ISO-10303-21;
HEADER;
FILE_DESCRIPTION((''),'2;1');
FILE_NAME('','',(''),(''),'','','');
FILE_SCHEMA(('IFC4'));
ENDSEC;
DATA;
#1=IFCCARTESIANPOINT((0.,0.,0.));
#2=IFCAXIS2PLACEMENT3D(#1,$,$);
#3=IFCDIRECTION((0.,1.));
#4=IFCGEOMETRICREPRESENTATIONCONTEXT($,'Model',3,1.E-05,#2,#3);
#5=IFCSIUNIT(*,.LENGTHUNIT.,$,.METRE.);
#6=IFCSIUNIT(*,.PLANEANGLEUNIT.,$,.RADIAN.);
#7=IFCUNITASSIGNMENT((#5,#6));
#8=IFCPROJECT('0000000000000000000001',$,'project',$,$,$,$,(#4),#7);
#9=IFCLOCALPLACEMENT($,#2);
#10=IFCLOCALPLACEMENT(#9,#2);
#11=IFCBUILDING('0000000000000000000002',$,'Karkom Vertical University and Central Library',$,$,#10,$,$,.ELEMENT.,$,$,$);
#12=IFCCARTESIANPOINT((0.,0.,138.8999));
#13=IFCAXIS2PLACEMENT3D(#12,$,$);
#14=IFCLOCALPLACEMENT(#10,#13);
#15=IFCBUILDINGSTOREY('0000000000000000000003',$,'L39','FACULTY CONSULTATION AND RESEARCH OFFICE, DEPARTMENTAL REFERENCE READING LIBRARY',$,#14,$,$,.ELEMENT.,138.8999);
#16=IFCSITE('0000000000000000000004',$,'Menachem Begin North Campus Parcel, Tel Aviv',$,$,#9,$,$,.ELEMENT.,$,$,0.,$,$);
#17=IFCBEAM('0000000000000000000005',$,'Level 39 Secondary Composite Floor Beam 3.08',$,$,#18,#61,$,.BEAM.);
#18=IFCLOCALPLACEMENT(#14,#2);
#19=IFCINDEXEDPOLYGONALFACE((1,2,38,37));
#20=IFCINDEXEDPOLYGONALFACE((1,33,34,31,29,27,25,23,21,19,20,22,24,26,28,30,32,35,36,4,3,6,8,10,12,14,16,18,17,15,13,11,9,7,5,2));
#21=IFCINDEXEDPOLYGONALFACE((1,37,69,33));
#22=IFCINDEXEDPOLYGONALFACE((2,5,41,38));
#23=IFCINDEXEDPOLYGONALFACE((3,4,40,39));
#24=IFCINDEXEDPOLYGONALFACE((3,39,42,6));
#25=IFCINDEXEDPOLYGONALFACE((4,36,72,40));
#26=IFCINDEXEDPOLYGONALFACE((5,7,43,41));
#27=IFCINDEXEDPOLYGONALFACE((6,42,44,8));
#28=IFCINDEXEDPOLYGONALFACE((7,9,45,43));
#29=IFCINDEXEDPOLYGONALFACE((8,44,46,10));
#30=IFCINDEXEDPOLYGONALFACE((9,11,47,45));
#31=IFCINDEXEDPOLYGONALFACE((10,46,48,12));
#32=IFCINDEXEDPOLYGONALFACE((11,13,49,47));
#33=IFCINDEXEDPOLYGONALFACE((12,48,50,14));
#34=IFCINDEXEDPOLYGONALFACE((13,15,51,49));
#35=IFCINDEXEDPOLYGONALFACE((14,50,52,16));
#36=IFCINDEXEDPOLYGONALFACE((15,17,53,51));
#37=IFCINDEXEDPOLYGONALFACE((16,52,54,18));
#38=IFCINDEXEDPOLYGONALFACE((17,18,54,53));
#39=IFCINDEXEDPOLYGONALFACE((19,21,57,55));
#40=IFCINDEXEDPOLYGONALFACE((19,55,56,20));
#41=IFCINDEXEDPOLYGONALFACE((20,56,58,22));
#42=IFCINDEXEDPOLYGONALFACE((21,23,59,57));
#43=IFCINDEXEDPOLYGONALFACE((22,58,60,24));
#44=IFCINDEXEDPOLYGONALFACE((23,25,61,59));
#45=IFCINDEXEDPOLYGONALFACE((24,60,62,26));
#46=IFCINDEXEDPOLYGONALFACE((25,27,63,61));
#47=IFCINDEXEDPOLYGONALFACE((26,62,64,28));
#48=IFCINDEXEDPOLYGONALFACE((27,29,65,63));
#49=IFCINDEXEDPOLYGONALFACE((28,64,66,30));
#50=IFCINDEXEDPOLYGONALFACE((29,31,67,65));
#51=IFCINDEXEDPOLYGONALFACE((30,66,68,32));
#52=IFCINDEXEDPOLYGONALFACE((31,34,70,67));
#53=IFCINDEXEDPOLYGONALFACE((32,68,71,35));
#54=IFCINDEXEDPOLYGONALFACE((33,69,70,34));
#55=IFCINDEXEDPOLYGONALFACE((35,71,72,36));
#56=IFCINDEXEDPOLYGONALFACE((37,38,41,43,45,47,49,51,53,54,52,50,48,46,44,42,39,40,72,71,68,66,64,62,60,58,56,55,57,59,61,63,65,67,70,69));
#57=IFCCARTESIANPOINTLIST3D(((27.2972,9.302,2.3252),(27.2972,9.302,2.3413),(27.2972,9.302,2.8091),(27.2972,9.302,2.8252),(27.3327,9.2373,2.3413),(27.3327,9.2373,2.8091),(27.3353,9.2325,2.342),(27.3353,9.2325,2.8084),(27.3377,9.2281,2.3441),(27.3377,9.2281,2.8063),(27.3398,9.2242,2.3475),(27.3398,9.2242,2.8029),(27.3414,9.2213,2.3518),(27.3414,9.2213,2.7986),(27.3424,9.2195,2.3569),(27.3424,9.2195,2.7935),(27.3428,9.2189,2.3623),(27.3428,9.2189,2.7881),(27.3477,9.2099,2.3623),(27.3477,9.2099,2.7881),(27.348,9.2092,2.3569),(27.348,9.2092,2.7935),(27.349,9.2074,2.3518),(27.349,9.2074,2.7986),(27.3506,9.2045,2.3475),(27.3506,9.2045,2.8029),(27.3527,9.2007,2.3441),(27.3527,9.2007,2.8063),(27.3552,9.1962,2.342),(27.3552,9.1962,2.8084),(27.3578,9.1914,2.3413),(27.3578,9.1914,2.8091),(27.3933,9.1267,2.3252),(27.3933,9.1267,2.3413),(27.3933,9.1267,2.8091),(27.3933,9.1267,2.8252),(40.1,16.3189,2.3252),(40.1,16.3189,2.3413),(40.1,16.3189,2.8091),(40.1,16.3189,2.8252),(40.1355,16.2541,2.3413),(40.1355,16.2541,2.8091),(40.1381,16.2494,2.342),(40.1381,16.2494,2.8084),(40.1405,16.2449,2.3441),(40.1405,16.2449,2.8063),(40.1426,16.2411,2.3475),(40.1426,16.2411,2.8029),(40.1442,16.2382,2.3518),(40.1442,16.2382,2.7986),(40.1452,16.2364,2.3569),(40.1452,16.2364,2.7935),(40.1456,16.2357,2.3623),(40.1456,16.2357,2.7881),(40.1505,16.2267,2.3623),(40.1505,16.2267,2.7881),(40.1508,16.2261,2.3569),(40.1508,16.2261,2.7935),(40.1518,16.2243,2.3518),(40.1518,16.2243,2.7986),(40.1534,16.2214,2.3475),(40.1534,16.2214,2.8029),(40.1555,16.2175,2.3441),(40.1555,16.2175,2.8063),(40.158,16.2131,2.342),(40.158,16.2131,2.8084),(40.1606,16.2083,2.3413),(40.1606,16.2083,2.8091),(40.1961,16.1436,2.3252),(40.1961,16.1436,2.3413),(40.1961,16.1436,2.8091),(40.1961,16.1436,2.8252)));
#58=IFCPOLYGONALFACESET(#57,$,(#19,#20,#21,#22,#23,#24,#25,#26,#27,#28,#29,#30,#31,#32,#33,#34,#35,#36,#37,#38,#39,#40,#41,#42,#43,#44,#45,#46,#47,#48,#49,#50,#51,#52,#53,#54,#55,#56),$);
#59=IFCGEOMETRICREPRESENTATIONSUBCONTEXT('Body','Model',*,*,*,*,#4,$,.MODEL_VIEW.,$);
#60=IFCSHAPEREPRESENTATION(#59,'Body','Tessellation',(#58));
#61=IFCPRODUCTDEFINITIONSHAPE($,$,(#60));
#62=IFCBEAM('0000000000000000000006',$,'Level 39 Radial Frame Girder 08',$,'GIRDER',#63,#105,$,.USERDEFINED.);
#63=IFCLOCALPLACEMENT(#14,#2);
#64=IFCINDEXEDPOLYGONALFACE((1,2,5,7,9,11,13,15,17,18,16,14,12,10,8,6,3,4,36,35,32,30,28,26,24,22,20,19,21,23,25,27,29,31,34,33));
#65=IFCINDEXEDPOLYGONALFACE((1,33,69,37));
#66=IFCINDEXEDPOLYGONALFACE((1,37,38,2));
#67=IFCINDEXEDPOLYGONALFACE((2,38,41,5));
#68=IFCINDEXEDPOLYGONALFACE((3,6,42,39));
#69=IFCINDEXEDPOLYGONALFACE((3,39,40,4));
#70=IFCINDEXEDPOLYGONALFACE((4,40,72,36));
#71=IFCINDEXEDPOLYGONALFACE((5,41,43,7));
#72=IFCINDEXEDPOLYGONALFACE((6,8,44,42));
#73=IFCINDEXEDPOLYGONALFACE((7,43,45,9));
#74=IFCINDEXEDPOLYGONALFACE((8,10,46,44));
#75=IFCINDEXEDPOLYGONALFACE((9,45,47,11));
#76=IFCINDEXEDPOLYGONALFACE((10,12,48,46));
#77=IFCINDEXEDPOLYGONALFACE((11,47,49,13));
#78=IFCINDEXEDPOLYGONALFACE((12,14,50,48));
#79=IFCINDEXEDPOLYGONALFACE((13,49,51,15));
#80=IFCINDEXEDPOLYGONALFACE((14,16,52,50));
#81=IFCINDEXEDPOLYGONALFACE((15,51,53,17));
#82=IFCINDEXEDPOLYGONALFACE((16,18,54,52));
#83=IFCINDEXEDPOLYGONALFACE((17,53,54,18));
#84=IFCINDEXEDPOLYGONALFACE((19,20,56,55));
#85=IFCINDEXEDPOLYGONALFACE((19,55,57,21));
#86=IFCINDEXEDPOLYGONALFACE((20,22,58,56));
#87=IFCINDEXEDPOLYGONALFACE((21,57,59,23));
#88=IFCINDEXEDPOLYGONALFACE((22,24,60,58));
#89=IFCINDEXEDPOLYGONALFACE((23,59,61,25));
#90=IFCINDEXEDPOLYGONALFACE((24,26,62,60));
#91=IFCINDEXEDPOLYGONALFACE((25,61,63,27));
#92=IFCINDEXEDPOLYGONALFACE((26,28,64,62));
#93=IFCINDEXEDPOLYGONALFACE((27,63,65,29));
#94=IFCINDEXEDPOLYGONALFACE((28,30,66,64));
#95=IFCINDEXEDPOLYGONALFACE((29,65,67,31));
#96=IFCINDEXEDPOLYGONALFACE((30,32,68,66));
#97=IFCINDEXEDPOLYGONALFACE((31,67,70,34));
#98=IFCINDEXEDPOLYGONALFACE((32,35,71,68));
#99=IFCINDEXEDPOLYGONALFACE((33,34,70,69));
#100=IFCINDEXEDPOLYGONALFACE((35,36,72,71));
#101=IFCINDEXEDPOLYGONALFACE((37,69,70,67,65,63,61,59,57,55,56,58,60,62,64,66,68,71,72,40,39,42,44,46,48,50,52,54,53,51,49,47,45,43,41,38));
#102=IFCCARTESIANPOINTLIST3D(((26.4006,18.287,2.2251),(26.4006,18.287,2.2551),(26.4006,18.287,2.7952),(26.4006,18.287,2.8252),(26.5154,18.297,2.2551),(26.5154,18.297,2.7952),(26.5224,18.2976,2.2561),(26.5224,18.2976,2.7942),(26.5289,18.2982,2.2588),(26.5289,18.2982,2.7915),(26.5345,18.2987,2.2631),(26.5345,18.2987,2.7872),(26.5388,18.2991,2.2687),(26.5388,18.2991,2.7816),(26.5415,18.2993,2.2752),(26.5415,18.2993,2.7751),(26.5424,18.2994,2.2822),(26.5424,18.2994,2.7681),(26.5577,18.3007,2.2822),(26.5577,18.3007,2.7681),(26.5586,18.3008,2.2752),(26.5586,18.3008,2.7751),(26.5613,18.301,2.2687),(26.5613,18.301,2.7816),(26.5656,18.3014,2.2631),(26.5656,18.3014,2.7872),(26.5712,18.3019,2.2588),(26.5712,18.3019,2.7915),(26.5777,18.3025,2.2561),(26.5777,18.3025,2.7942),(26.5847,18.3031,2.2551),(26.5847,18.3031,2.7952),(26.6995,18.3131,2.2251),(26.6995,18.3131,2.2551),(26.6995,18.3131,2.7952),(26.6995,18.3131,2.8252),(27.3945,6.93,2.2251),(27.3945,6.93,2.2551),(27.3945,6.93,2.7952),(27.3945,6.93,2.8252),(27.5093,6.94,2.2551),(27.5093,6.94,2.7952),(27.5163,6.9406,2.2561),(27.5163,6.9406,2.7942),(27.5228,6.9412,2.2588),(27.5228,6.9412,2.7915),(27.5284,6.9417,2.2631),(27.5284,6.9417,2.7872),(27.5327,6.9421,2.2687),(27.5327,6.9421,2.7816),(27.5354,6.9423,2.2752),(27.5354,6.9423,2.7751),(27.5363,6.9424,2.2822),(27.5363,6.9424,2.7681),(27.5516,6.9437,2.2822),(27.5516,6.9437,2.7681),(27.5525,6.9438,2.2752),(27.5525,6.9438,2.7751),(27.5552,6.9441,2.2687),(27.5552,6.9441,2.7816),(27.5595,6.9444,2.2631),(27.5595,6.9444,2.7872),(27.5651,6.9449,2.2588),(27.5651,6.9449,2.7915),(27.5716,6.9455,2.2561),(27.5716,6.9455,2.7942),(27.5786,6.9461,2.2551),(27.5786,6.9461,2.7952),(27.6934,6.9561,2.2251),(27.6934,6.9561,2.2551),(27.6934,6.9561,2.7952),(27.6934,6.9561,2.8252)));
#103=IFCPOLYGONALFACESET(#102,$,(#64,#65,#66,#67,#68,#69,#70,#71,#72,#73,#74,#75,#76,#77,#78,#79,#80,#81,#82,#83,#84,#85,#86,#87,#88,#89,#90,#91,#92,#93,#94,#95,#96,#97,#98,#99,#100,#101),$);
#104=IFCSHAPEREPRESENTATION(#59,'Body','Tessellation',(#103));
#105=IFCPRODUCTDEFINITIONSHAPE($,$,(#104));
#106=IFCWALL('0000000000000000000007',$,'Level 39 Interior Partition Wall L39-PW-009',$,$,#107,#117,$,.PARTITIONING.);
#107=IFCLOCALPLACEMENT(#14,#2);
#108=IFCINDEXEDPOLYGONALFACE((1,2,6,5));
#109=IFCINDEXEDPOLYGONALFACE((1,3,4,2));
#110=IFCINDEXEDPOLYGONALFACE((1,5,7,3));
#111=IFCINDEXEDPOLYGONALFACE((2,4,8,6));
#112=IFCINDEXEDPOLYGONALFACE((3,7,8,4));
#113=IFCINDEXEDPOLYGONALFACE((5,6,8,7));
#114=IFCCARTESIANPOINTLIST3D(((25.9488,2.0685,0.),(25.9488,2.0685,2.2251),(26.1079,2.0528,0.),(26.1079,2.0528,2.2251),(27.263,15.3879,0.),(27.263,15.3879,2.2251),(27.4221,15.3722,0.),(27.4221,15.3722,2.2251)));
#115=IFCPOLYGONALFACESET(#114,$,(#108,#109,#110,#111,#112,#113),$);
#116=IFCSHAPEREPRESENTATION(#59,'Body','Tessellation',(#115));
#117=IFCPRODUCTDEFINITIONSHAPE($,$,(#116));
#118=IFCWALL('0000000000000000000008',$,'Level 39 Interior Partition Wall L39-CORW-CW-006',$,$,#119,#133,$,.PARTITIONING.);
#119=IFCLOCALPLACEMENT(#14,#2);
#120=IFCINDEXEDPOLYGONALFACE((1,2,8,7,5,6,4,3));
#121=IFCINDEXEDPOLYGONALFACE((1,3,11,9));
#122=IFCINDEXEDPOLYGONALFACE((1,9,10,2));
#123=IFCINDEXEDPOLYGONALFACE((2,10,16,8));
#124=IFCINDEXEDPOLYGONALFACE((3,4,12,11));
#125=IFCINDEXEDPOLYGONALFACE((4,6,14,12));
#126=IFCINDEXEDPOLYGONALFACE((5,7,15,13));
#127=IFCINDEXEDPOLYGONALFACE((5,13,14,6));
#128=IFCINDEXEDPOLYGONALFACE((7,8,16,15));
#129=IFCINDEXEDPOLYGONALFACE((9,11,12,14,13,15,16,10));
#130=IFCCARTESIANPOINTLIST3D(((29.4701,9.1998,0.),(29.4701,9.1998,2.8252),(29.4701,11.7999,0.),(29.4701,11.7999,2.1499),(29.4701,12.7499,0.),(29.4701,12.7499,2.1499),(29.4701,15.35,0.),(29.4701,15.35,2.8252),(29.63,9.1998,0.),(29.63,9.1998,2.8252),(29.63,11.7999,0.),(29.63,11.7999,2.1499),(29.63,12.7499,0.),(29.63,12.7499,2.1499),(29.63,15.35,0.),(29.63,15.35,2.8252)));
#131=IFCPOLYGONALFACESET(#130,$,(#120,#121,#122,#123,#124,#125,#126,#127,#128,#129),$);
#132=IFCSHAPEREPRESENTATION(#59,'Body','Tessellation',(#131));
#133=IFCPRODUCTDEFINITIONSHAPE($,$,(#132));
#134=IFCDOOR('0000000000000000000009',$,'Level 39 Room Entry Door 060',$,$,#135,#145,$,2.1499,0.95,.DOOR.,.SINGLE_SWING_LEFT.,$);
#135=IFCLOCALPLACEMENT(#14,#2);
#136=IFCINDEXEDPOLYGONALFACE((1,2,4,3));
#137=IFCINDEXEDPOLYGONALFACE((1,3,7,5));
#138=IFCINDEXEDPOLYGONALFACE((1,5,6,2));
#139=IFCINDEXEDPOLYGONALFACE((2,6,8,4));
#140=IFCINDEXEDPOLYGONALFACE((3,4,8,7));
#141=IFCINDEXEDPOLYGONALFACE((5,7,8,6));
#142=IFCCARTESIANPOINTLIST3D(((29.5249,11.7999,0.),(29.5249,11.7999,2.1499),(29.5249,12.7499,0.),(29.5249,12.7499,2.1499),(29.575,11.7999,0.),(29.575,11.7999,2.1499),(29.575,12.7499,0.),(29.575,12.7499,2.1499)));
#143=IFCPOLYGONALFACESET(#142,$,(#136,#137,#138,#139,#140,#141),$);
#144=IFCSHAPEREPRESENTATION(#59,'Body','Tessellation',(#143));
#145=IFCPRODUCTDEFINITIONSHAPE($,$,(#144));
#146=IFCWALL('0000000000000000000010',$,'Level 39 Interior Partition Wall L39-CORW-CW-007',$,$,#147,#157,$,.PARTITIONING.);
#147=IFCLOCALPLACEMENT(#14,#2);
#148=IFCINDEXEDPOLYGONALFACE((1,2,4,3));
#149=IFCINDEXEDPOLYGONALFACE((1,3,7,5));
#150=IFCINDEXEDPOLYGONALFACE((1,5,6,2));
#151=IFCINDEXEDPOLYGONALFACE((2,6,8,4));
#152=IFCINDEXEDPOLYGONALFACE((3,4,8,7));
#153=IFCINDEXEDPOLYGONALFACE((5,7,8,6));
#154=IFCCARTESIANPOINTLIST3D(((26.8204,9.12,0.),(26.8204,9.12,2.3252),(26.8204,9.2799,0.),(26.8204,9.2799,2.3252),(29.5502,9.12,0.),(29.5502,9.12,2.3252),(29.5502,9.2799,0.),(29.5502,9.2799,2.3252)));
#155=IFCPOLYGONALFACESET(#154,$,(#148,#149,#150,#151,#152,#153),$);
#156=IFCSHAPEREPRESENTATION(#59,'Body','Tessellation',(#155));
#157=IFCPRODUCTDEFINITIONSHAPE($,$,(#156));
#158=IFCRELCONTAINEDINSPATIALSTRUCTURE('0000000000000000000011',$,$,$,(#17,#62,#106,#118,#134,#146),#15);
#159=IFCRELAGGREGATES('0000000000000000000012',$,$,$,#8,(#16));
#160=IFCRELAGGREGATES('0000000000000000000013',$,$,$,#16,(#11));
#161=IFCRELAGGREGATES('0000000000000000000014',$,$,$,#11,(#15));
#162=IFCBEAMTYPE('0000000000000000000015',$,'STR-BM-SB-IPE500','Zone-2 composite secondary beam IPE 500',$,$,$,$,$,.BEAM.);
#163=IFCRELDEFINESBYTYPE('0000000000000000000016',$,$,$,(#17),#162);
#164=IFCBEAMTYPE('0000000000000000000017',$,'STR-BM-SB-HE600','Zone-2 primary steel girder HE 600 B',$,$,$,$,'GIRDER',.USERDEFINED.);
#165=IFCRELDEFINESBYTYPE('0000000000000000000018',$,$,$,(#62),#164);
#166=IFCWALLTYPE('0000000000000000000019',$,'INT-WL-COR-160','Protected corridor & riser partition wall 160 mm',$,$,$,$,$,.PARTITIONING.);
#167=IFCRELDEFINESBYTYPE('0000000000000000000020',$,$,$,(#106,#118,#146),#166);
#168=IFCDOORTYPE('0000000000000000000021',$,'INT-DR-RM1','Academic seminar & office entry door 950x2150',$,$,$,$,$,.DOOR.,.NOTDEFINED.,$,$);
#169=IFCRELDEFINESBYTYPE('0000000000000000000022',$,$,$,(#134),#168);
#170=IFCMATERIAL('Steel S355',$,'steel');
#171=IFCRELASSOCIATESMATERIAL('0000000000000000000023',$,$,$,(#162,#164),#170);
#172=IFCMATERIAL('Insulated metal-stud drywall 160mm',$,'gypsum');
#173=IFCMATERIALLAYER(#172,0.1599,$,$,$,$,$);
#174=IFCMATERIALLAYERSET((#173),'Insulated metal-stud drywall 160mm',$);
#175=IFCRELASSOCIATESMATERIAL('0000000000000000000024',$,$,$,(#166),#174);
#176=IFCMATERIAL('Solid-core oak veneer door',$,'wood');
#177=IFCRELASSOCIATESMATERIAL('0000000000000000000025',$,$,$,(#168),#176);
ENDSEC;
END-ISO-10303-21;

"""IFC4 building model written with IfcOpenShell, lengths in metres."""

from ifc_helpers import new_model, si_unit, direction, frame, frame_2d, origin, origin_with_axes, origin_2d, place, context, subcontext, project, spatial, rectangle, i_section, extrude, source, transform, mapped, material, layer, layer_set, material_profile, profile_set, type_object, element, fill, save


model = new_model("IFC4")

# Units and contexts
model_context = context("Model", 3, precision=1e-05, world=origin(), true_north=direction((0.0, 1.0)))
body_context = subcontext(model_context, "Body", "Model", "MODEL_VIEW")
ifc_project = project(units=[si_unit("LENGTHUNIT", "METRE"), si_unit("PLANEANGLEUNIT", "RADIAN")], contexts=[model_context])

# Site, building, storey
site_placement = place(None, origin())
site = spatial("IfcSite", under=ifc_project, at=site_placement, Name="Menachem Begin North Campus Parcel, Tel Aviv", CompositionType="ELEMENT", RefElevation=0.0)
building_placement = place(site_placement, origin())
building = spatial("IfcBuilding", under=site, at=building_placement, Name="Karkom Vertical University and Central Library", CompositionType="ELEMENT")
storey_placement = place(building_placement, frame((0.0, 0.0, 138.8999)))
storey = spatial("IfcBuildingStorey", under=building, at=storey_placement, Name="L39", Description="FACULTY CONSULTATION AND RESEARCH OFFICE, DEPARTMENTAL REFERENCE READING LIBRARY", CompositionType="ELEMENT", Elevation=138.8999)

# Beams
ifc_material_1 = material(Name="Steel S355", Category="steel")
ifc_material_profile_1 = material_profile(ifc_material_1, i_section(OverallWidth=0.2, OverallDepth=0.5, WebThickness=0.0103, FlangeThickness=0.0161, FilletRadius=0.021, at=origin_2d()), Name="IPE 500")
ifc_profile_set_1 = profile_set([ifc_material_profile_1], Name="Steel S355")
beam_type_1 = type_object("IfcBeamType", Name="STR-BM-SB-IPE500", Description="Zone-2 composite secondary beam IPE 500", PredefinedType="BEAM", material=ifc_profile_set_1)
shared_shape_1 = source(origin_with_axes(), body_context, "Body", "SweptSolid", [
    extrude(i_section(OverallWidth=0.2, OverallDepth=0.5, WebThickness=0.0103, FlangeThickness=0.0161, FilletRadius=0.021, at=origin_2d()), origin(), (0.0, 0.0, 1.0), 14.5996),
])
beam_1_placement = place(storey_placement, frame((27.3452, 9.2144, 2.5752), z_axis=(0.876928, 0.480622, 0.0), x_axis=(-0.480622, 0.876928, 0.0)))
element("IfcBeam", 1, at=beam_1_placement, inside=storey, type_object=beam_type_1, Name="Level 39 Secondary Composite Floor Beam 3.08", PredefinedType="BEAM", context=body_context, shape_type="MappedRepresentation", body=[
    mapped(shared_shape_1, transform((0.0, 0.0, 0.0), scale=1.0)),
])
ifc_material_profile_2 = material_profile(ifc_material_1, i_section(OverallWidth=0.3, OverallDepth=0.6001, WebThickness=0.0154, FlangeThickness=0.03, FilletRadius=0.0271, at=origin_2d()), Name="HE 600 B")
ifc_profile_set_2 = profile_set([ifc_material_profile_2], Name="Steel S355")
beam_type_2 = type_object("IfcBeamType", Name="STR-BM-SB-HE600", Description="Zone-2 primary steel girder HE 600 B", ElementType="GIRDER", PredefinedType="USERDEFINED", material=ifc_profile_set_2)
shared_shape_2 = source(origin_with_axes(), body_context, "Body", "SweptSolid", [
    extrude(i_section(OverallWidth=0.3, OverallDepth=0.6001, WebThickness=0.0154, FlangeThickness=0.03, FilletRadius=0.0271, at=origin_2d()), origin(), (0.0, 0.0, 1.0), 11.4004),
])
beam_2_placement = place(storey_placement, frame((26.55, 18.3, 2.5251), z_axis=(0.087181, -0.996192, 0.0), x_axis=(0.996192, 0.087181, 0.0)))
element("IfcBeam", 2, at=beam_2_placement, inside=storey, type_object=beam_type_2, Name="Level 39 Radial Frame Girder 08", ObjectType="GIRDER", PredefinedType="USERDEFINED", context=body_context, shape_type="MappedRepresentation", body=[
    mapped(shared_shape_2, transform((0.0, 0.0, 0.0), scale=1.0)),
])

# Wall
ifc_material_2 = material(Name="Insulated metal-stud drywall 160mm", Category="gypsum")
ifc_layer = layer(ifc_material_2, 0.1599)
ifc_layer_set = layer_set([ifc_layer], Name="Insulated metal-stud drywall 160mm")
wall_type = type_object("IfcWallType", Name="INT-WL-COR-160", Description="Protected corridor & riser partition wall 160 mm", PredefinedType="PARTITIONING", material=ifc_layer_set)
wall_1_placement = place(storey_placement, frame((27.3425, 15.3799, 0.0), z_axis=(0.0, 0.0, 1.0), x_axis=(-0.098192, -0.995167, 0.0)))
element("IfcWall", 3, at=wall_1_placement, inside=storey, type_object=wall_type, Name="Level 39 Interior Partition Wall L39-PW-009", PredefinedType="PARTITIONING", context=body_context, shape_type="SweptSolid", body=[
    extrude(rectangle(XDim=13.384, YDim=0.1599, at=frame_2d((6.6919, 0.0))), origin(), (0.0, 0.0, 1.0), 2.2251),
])

# Shared definitions
ifc_material_3 = material(Name="Solid-core oak veneer door", Category="wood")
door_type_1 = type_object("IfcDoorType", Name="INT-DR-RM1", Description="Academic seminar & office entry door 950x2150", OperationType="NOTDEFINED", PredefinedType="DOOR", material=ifc_material_3)
shared_shape_3 = source(origin_with_axes(), body_context, "Body", "SweptSolid", [
    extrude(rectangle(XDim=0.95, YDim=2.1499, at=frame_2d((0.4751, 1.075))), frame((0.0, 0.0249, 0.0), z_axis=(0.0, -1.0, 0.0), x_axis=(1.0, 0.0, 0.0)), (0.0, 0.0, 1.0), 0.05),
])

# Wall, opening, door
wall_2_placement = place(storey_placement, frame((29.55, 15.3501, 0.0), z_axis=(0.0, 0.0, 1.0), x_axis=(0.0, -1.0, 0.0)))
wall_2 = element("IfcWall", 4, at=wall_2_placement, inside=storey, type_object=wall_type, Name="Level 39 Interior Partition Wall L39-CORW-CW-006", PredefinedType="PARTITIONING", context=body_context, shape_type="SweptSolid", body=[
    extrude(rectangle(XDim=6.1501, YDim=0.1599, at=frame_2d((3.0752, 0.0))), origin(), (0.0, 0.0, 1.0), 2.8252),
])
opening_1_placement = place(wall_2_placement, frame((2.6001, 0.0, 0.0)))
opening_1 = element("IfcOpeningElement", 5, at=opening_1_placement, cuts=wall_2, PredefinedType="OPENING", context=body_context, shape_type="SweptSolid", body=[
    extrude(rectangle(XDim=0.95, YDim=2.1499, at=frame_2d((0.4751, 1.075))), frame((0.0, 0.0898, 0.0), z_axis=(0.0, -1.0, 0.0), x_axis=(1.0, 0.0, 0.0)), (0.0, 0.0, 1.0), 0.1799),
])
door_1_placement = place(opening_1_placement, origin())
door_1 = element("IfcDoor", 6, at=door_1_placement, inside=storey, type_object=door_type_1, Name="Level 39 Room Entry Door 060", OperationType="SINGLE_SWING_LEFT", OverallHeight=2.1499, OverallWidth=0.95, PredefinedType="DOOR", context=body_context, shape_type="MappedRepresentation", body=[
    mapped(shared_shape_3, transform((0.0, 0.0, 0.0), scale=1.0)),
])
fill(opening_1, door_1)

# Wall
wall_3_placement = place(storey_placement, frame((29.55, 9.2, 0.0), z_axis=(0.0, 0.0, 1.0), x_axis=(-1.0, 0.0, 0.0)))
element("IfcWall", 7, at=wall_3_placement, inside=storey, type_object=wall_type, Name="Level 39 Interior Partition Wall L39-CORW-CW-007", PredefinedType="PARTITIONING", context=body_context, shape_type="SweptSolid", body=[
    extrude(rectangle(XDim=2.7297, YDim=0.1599, at=frame_2d((1.3647, 0.0))), origin(), (0.0, 0.0, 1.0), 2.3252),
])

save(model, "model.ifc")
